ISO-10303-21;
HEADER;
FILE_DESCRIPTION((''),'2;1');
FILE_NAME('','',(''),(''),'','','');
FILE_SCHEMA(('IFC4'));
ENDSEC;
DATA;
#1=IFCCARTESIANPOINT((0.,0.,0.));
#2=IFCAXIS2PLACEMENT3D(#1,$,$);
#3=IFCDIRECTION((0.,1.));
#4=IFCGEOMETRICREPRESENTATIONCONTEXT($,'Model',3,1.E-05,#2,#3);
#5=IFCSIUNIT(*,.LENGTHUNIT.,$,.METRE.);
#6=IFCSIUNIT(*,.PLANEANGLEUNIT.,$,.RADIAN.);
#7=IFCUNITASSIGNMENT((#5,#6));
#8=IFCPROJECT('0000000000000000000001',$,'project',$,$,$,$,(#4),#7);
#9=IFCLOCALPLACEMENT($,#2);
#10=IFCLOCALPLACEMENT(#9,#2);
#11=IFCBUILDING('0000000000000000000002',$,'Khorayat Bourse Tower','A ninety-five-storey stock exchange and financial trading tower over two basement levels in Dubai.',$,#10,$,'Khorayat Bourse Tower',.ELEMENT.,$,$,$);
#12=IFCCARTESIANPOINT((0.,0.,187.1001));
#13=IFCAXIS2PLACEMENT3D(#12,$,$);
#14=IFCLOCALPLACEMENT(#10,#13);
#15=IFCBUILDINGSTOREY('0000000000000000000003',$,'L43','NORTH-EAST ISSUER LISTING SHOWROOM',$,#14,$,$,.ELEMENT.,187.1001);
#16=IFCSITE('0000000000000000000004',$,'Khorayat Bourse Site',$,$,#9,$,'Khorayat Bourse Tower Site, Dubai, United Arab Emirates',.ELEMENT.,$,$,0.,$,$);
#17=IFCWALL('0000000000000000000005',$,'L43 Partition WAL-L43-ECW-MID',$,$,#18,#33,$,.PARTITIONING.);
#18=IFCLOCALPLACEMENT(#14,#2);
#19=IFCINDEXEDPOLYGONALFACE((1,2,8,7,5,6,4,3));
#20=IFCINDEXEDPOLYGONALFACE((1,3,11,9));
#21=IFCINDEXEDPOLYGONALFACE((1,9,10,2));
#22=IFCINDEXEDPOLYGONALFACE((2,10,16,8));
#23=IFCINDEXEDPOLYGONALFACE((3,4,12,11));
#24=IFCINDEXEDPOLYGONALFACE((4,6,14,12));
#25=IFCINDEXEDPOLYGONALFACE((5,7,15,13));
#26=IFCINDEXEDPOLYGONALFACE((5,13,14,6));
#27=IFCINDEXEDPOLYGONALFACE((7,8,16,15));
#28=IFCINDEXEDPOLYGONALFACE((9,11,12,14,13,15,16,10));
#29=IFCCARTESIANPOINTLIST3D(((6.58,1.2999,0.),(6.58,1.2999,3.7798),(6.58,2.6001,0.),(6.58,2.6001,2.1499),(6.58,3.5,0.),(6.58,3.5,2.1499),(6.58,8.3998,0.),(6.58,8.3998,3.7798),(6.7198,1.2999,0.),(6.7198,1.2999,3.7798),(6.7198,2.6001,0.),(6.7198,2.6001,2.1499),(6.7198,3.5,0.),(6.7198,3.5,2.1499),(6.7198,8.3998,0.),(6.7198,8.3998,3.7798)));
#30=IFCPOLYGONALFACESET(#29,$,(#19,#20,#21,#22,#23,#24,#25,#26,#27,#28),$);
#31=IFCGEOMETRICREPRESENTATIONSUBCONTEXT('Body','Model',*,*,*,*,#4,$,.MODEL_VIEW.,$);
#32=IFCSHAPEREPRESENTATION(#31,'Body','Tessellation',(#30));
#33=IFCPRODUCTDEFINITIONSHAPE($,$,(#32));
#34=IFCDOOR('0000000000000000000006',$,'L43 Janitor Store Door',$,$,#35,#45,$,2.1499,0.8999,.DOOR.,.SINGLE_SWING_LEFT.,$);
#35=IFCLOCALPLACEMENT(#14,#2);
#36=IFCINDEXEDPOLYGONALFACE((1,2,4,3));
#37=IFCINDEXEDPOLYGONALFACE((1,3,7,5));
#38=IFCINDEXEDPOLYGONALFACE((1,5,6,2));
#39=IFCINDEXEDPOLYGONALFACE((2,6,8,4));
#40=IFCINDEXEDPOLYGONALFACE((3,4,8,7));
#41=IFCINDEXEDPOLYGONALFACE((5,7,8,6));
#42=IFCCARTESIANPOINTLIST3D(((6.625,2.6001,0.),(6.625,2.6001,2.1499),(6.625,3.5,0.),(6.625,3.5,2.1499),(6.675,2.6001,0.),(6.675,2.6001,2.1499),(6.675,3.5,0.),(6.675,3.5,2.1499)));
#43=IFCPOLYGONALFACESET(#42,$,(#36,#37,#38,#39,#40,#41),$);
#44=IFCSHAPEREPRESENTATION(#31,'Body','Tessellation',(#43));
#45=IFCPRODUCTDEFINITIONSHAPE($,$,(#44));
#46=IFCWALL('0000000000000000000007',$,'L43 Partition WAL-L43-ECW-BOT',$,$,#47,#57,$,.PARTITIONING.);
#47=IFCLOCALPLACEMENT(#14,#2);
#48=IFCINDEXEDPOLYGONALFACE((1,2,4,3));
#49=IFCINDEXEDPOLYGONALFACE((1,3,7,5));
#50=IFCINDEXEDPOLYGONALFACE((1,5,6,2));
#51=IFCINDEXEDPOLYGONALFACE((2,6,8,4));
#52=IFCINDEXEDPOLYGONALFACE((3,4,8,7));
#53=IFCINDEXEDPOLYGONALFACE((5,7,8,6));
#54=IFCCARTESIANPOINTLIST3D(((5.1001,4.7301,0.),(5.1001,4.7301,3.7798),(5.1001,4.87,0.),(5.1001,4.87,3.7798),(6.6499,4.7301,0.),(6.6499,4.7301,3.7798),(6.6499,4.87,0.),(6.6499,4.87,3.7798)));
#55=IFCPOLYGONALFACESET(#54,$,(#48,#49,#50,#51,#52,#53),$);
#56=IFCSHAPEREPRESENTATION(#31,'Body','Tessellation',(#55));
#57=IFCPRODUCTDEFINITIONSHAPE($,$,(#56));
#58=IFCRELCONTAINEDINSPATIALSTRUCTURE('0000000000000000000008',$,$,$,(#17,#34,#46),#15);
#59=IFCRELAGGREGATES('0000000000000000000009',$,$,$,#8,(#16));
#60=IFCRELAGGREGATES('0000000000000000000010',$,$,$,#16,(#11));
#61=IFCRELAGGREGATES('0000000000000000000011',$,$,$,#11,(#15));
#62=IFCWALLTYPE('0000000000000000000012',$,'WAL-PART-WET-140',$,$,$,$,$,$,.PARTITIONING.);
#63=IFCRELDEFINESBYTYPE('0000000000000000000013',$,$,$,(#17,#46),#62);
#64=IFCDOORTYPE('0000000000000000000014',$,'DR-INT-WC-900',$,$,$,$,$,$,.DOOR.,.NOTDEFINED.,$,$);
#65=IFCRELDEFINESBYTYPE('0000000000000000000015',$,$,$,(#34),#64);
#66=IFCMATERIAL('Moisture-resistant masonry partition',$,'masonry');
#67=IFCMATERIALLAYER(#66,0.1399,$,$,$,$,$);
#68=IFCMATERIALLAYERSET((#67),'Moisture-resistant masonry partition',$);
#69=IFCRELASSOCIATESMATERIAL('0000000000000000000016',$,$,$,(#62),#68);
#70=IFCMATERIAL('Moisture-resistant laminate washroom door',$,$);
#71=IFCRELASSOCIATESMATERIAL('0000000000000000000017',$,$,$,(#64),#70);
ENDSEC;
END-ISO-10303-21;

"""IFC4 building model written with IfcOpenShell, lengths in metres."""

from ifc_helpers import new_model, si_unit, direction, frame, frame_2d, origin, place, context, subcontext, project, spatial, rectangle, extrude, source, transform, mapped, material, layer, layer_set, type_object, element, fill, save


model = new_model("IFC4")

# Units and contexts
model_context = context("Model", 3, precision=1e-05, world=origin(), true_north=direction((0.0, 1.0)))
body_context = subcontext(model_context, "Body", "Model", "MODEL_VIEW")
ifc_project = project(units=[si_unit("LENGTHUNIT", "METRE"), si_unit("PLANEANGLEUNIT", "RADIAN")], contexts=[model_context])

# Site, building, storey
site_placement = place(None, origin())
site = spatial("IfcSite", under=ifc_project, at=site_placement, Name="Khorayat Bourse Site", LongName="Khorayat Bourse Tower Site, Dubai, United Arab Emirates", CompositionType="ELEMENT", RefElevation=0.0)
building_placement = place(site_placement, origin())
building = spatial("IfcBuilding", under=site, at=building_placement, Name="Khorayat Bourse Tower", Description="A ninety-five-storey stock exchange and financial trading tower over two basement levels in Dubai.", LongName="Khorayat Bourse Tower", CompositionType="ELEMENT")
storey_placement = place(building_placement, frame((0.0, 0.0, 187.1001)))
storey = spatial("IfcBuildingStorey", under=building, at=storey_placement, Name="L43", Description="NORTH-EAST ISSUER LISTING SHOWROOM", CompositionType="ELEMENT", Elevation=187.1001)

# Shared definitions
ifc_material_1 = material(Name="Moisture-resistant masonry partition", Category="masonry")
ifc_layer_1 = layer(ifc_material_1, 0.1399)
ifc_layer_set_1 = layer_set([ifc_layer_1], Name="Moisture-resistant masonry partition")
wall_type_1 = type_object("IfcWallType", Name="WAL-PART-WET-140", PredefinedType="PARTITIONING", material=ifc_layer_set_1)

# Shared definitions
shared_shape_1 = source(origin(), body_context, "Body", "SweptSolid", [
    extrude(rectangle(XDim=0.8999, YDim=2.1499, at=frame_2d((0.45, 1.075))), frame((0.0, 0.0798, 0.0), z_axis=(0.0, -1.0, 0.0), x_axis=(1.0, 0.0, 0.0)), (0.0, 0.0, 1.0), 0.1599),
])
ifc_material_2 = material(Name="Moisture-resistant laminate washroom door")
door_type_1 = type_object("IfcDoorType", Name="DR-INT-WC-900", OperationType="NOTDEFINED", PredefinedType="DOOR", material=ifc_material_2)
shared_shape_2 = source(origin(), body_context, "Body", "SweptSolid", [
    extrude(rectangle(XDim=0.8999, YDim=2.1499, at=frame_2d((0.45, 1.075))), frame((0.0, 0.0249, 0.0), z_axis=(0.0, -1.0, 0.0), x_axis=(1.0, 0.0, 0.0)), (0.0, 0.0, 1.0), 0.05),
])

# Wall, opening, door
shared_shape_3 = source(origin(), body_context, "Body", "SweptSolid", [
    extrude(rectangle(XDim=7.0999, YDim=0.1399, at=frame_2d((3.5498, 0.0))), origin(), (0.0, 0.0, 1.0), 3.7798),
])
wall_1_placement = place(storey_placement, frame((6.6499, 1.3, 0.0), z_axis=(0.0, 0.0, 1.0), x_axis=(0.0, 1.0, 0.0)))
wall_1 = element("IfcWall", 1, at=wall_1_placement, inside=storey, type_object=wall_type_1, Name="L43 Partition WAL-L43-ECW-MID", PredefinedType="PARTITIONING", context=body_context, shape_type="MappedRepresentation", body=[
    mapped(shared_shape_3, transform((0.0, 0.0, 0.0), scale=1.0)),
])
opening_1_placement = place(wall_1_placement, frame((1.3, 0.0, 0.0)))
opening_1 = element("IfcOpeningElement", 2, at=opening_1_placement, cuts=wall_1, PredefinedType="OPENING", context=body_context, shape_type="MappedRepresentation", body=[
    mapped(shared_shape_1, transform((0.0, 0.0, 0.0), scale=1.0)),
])
door_1_placement = place(opening_1_placement, origin())
door_1 = element("IfcDoor", 3, at=door_1_placement, inside=storey, type_object=door_type_1, Name="L43 Janitor Store Door", OperationType="SINGLE_SWING_LEFT", OverallHeight=2.1499, OverallWidth=0.8999, PredefinedType="DOOR", context=body_context, shape_type="MappedRepresentation", body=[
    mapped(shared_shape_2, transform((0.0, 0.0, 0.0), scale=1.0)),
])
fill(opening_1, door_1)

# Wall
shared_shape_4 = source(origin(), body_context, "Body", "SweptSolid", [
    extrude(rectangle(XDim=1.5498, YDim=0.1399, at=frame_2d((0.7749, 0.0))), origin(), (0.0, 0.0, 1.0), 3.7798),
])
wall_2_placement = place(storey_placement, frame((5.1001, 4.8, 0.0), z_axis=(0.0, 0.0, 1.0), x_axis=(1.0, 0.0, 0.0)))
element("IfcWall", 4, at=wall_2_placement, inside=storey, type_object=wall_type_1, Name="L43 Partition WAL-L43-ECW-BOT", PredefinedType="PARTITIONING", context=body_context, shape_type="MappedRepresentation", body=[
    mapped(shared_shape_4, transform((0.0, 0.0, 0.0), scale=1.0)),
])

save(model, "model.ifc")
